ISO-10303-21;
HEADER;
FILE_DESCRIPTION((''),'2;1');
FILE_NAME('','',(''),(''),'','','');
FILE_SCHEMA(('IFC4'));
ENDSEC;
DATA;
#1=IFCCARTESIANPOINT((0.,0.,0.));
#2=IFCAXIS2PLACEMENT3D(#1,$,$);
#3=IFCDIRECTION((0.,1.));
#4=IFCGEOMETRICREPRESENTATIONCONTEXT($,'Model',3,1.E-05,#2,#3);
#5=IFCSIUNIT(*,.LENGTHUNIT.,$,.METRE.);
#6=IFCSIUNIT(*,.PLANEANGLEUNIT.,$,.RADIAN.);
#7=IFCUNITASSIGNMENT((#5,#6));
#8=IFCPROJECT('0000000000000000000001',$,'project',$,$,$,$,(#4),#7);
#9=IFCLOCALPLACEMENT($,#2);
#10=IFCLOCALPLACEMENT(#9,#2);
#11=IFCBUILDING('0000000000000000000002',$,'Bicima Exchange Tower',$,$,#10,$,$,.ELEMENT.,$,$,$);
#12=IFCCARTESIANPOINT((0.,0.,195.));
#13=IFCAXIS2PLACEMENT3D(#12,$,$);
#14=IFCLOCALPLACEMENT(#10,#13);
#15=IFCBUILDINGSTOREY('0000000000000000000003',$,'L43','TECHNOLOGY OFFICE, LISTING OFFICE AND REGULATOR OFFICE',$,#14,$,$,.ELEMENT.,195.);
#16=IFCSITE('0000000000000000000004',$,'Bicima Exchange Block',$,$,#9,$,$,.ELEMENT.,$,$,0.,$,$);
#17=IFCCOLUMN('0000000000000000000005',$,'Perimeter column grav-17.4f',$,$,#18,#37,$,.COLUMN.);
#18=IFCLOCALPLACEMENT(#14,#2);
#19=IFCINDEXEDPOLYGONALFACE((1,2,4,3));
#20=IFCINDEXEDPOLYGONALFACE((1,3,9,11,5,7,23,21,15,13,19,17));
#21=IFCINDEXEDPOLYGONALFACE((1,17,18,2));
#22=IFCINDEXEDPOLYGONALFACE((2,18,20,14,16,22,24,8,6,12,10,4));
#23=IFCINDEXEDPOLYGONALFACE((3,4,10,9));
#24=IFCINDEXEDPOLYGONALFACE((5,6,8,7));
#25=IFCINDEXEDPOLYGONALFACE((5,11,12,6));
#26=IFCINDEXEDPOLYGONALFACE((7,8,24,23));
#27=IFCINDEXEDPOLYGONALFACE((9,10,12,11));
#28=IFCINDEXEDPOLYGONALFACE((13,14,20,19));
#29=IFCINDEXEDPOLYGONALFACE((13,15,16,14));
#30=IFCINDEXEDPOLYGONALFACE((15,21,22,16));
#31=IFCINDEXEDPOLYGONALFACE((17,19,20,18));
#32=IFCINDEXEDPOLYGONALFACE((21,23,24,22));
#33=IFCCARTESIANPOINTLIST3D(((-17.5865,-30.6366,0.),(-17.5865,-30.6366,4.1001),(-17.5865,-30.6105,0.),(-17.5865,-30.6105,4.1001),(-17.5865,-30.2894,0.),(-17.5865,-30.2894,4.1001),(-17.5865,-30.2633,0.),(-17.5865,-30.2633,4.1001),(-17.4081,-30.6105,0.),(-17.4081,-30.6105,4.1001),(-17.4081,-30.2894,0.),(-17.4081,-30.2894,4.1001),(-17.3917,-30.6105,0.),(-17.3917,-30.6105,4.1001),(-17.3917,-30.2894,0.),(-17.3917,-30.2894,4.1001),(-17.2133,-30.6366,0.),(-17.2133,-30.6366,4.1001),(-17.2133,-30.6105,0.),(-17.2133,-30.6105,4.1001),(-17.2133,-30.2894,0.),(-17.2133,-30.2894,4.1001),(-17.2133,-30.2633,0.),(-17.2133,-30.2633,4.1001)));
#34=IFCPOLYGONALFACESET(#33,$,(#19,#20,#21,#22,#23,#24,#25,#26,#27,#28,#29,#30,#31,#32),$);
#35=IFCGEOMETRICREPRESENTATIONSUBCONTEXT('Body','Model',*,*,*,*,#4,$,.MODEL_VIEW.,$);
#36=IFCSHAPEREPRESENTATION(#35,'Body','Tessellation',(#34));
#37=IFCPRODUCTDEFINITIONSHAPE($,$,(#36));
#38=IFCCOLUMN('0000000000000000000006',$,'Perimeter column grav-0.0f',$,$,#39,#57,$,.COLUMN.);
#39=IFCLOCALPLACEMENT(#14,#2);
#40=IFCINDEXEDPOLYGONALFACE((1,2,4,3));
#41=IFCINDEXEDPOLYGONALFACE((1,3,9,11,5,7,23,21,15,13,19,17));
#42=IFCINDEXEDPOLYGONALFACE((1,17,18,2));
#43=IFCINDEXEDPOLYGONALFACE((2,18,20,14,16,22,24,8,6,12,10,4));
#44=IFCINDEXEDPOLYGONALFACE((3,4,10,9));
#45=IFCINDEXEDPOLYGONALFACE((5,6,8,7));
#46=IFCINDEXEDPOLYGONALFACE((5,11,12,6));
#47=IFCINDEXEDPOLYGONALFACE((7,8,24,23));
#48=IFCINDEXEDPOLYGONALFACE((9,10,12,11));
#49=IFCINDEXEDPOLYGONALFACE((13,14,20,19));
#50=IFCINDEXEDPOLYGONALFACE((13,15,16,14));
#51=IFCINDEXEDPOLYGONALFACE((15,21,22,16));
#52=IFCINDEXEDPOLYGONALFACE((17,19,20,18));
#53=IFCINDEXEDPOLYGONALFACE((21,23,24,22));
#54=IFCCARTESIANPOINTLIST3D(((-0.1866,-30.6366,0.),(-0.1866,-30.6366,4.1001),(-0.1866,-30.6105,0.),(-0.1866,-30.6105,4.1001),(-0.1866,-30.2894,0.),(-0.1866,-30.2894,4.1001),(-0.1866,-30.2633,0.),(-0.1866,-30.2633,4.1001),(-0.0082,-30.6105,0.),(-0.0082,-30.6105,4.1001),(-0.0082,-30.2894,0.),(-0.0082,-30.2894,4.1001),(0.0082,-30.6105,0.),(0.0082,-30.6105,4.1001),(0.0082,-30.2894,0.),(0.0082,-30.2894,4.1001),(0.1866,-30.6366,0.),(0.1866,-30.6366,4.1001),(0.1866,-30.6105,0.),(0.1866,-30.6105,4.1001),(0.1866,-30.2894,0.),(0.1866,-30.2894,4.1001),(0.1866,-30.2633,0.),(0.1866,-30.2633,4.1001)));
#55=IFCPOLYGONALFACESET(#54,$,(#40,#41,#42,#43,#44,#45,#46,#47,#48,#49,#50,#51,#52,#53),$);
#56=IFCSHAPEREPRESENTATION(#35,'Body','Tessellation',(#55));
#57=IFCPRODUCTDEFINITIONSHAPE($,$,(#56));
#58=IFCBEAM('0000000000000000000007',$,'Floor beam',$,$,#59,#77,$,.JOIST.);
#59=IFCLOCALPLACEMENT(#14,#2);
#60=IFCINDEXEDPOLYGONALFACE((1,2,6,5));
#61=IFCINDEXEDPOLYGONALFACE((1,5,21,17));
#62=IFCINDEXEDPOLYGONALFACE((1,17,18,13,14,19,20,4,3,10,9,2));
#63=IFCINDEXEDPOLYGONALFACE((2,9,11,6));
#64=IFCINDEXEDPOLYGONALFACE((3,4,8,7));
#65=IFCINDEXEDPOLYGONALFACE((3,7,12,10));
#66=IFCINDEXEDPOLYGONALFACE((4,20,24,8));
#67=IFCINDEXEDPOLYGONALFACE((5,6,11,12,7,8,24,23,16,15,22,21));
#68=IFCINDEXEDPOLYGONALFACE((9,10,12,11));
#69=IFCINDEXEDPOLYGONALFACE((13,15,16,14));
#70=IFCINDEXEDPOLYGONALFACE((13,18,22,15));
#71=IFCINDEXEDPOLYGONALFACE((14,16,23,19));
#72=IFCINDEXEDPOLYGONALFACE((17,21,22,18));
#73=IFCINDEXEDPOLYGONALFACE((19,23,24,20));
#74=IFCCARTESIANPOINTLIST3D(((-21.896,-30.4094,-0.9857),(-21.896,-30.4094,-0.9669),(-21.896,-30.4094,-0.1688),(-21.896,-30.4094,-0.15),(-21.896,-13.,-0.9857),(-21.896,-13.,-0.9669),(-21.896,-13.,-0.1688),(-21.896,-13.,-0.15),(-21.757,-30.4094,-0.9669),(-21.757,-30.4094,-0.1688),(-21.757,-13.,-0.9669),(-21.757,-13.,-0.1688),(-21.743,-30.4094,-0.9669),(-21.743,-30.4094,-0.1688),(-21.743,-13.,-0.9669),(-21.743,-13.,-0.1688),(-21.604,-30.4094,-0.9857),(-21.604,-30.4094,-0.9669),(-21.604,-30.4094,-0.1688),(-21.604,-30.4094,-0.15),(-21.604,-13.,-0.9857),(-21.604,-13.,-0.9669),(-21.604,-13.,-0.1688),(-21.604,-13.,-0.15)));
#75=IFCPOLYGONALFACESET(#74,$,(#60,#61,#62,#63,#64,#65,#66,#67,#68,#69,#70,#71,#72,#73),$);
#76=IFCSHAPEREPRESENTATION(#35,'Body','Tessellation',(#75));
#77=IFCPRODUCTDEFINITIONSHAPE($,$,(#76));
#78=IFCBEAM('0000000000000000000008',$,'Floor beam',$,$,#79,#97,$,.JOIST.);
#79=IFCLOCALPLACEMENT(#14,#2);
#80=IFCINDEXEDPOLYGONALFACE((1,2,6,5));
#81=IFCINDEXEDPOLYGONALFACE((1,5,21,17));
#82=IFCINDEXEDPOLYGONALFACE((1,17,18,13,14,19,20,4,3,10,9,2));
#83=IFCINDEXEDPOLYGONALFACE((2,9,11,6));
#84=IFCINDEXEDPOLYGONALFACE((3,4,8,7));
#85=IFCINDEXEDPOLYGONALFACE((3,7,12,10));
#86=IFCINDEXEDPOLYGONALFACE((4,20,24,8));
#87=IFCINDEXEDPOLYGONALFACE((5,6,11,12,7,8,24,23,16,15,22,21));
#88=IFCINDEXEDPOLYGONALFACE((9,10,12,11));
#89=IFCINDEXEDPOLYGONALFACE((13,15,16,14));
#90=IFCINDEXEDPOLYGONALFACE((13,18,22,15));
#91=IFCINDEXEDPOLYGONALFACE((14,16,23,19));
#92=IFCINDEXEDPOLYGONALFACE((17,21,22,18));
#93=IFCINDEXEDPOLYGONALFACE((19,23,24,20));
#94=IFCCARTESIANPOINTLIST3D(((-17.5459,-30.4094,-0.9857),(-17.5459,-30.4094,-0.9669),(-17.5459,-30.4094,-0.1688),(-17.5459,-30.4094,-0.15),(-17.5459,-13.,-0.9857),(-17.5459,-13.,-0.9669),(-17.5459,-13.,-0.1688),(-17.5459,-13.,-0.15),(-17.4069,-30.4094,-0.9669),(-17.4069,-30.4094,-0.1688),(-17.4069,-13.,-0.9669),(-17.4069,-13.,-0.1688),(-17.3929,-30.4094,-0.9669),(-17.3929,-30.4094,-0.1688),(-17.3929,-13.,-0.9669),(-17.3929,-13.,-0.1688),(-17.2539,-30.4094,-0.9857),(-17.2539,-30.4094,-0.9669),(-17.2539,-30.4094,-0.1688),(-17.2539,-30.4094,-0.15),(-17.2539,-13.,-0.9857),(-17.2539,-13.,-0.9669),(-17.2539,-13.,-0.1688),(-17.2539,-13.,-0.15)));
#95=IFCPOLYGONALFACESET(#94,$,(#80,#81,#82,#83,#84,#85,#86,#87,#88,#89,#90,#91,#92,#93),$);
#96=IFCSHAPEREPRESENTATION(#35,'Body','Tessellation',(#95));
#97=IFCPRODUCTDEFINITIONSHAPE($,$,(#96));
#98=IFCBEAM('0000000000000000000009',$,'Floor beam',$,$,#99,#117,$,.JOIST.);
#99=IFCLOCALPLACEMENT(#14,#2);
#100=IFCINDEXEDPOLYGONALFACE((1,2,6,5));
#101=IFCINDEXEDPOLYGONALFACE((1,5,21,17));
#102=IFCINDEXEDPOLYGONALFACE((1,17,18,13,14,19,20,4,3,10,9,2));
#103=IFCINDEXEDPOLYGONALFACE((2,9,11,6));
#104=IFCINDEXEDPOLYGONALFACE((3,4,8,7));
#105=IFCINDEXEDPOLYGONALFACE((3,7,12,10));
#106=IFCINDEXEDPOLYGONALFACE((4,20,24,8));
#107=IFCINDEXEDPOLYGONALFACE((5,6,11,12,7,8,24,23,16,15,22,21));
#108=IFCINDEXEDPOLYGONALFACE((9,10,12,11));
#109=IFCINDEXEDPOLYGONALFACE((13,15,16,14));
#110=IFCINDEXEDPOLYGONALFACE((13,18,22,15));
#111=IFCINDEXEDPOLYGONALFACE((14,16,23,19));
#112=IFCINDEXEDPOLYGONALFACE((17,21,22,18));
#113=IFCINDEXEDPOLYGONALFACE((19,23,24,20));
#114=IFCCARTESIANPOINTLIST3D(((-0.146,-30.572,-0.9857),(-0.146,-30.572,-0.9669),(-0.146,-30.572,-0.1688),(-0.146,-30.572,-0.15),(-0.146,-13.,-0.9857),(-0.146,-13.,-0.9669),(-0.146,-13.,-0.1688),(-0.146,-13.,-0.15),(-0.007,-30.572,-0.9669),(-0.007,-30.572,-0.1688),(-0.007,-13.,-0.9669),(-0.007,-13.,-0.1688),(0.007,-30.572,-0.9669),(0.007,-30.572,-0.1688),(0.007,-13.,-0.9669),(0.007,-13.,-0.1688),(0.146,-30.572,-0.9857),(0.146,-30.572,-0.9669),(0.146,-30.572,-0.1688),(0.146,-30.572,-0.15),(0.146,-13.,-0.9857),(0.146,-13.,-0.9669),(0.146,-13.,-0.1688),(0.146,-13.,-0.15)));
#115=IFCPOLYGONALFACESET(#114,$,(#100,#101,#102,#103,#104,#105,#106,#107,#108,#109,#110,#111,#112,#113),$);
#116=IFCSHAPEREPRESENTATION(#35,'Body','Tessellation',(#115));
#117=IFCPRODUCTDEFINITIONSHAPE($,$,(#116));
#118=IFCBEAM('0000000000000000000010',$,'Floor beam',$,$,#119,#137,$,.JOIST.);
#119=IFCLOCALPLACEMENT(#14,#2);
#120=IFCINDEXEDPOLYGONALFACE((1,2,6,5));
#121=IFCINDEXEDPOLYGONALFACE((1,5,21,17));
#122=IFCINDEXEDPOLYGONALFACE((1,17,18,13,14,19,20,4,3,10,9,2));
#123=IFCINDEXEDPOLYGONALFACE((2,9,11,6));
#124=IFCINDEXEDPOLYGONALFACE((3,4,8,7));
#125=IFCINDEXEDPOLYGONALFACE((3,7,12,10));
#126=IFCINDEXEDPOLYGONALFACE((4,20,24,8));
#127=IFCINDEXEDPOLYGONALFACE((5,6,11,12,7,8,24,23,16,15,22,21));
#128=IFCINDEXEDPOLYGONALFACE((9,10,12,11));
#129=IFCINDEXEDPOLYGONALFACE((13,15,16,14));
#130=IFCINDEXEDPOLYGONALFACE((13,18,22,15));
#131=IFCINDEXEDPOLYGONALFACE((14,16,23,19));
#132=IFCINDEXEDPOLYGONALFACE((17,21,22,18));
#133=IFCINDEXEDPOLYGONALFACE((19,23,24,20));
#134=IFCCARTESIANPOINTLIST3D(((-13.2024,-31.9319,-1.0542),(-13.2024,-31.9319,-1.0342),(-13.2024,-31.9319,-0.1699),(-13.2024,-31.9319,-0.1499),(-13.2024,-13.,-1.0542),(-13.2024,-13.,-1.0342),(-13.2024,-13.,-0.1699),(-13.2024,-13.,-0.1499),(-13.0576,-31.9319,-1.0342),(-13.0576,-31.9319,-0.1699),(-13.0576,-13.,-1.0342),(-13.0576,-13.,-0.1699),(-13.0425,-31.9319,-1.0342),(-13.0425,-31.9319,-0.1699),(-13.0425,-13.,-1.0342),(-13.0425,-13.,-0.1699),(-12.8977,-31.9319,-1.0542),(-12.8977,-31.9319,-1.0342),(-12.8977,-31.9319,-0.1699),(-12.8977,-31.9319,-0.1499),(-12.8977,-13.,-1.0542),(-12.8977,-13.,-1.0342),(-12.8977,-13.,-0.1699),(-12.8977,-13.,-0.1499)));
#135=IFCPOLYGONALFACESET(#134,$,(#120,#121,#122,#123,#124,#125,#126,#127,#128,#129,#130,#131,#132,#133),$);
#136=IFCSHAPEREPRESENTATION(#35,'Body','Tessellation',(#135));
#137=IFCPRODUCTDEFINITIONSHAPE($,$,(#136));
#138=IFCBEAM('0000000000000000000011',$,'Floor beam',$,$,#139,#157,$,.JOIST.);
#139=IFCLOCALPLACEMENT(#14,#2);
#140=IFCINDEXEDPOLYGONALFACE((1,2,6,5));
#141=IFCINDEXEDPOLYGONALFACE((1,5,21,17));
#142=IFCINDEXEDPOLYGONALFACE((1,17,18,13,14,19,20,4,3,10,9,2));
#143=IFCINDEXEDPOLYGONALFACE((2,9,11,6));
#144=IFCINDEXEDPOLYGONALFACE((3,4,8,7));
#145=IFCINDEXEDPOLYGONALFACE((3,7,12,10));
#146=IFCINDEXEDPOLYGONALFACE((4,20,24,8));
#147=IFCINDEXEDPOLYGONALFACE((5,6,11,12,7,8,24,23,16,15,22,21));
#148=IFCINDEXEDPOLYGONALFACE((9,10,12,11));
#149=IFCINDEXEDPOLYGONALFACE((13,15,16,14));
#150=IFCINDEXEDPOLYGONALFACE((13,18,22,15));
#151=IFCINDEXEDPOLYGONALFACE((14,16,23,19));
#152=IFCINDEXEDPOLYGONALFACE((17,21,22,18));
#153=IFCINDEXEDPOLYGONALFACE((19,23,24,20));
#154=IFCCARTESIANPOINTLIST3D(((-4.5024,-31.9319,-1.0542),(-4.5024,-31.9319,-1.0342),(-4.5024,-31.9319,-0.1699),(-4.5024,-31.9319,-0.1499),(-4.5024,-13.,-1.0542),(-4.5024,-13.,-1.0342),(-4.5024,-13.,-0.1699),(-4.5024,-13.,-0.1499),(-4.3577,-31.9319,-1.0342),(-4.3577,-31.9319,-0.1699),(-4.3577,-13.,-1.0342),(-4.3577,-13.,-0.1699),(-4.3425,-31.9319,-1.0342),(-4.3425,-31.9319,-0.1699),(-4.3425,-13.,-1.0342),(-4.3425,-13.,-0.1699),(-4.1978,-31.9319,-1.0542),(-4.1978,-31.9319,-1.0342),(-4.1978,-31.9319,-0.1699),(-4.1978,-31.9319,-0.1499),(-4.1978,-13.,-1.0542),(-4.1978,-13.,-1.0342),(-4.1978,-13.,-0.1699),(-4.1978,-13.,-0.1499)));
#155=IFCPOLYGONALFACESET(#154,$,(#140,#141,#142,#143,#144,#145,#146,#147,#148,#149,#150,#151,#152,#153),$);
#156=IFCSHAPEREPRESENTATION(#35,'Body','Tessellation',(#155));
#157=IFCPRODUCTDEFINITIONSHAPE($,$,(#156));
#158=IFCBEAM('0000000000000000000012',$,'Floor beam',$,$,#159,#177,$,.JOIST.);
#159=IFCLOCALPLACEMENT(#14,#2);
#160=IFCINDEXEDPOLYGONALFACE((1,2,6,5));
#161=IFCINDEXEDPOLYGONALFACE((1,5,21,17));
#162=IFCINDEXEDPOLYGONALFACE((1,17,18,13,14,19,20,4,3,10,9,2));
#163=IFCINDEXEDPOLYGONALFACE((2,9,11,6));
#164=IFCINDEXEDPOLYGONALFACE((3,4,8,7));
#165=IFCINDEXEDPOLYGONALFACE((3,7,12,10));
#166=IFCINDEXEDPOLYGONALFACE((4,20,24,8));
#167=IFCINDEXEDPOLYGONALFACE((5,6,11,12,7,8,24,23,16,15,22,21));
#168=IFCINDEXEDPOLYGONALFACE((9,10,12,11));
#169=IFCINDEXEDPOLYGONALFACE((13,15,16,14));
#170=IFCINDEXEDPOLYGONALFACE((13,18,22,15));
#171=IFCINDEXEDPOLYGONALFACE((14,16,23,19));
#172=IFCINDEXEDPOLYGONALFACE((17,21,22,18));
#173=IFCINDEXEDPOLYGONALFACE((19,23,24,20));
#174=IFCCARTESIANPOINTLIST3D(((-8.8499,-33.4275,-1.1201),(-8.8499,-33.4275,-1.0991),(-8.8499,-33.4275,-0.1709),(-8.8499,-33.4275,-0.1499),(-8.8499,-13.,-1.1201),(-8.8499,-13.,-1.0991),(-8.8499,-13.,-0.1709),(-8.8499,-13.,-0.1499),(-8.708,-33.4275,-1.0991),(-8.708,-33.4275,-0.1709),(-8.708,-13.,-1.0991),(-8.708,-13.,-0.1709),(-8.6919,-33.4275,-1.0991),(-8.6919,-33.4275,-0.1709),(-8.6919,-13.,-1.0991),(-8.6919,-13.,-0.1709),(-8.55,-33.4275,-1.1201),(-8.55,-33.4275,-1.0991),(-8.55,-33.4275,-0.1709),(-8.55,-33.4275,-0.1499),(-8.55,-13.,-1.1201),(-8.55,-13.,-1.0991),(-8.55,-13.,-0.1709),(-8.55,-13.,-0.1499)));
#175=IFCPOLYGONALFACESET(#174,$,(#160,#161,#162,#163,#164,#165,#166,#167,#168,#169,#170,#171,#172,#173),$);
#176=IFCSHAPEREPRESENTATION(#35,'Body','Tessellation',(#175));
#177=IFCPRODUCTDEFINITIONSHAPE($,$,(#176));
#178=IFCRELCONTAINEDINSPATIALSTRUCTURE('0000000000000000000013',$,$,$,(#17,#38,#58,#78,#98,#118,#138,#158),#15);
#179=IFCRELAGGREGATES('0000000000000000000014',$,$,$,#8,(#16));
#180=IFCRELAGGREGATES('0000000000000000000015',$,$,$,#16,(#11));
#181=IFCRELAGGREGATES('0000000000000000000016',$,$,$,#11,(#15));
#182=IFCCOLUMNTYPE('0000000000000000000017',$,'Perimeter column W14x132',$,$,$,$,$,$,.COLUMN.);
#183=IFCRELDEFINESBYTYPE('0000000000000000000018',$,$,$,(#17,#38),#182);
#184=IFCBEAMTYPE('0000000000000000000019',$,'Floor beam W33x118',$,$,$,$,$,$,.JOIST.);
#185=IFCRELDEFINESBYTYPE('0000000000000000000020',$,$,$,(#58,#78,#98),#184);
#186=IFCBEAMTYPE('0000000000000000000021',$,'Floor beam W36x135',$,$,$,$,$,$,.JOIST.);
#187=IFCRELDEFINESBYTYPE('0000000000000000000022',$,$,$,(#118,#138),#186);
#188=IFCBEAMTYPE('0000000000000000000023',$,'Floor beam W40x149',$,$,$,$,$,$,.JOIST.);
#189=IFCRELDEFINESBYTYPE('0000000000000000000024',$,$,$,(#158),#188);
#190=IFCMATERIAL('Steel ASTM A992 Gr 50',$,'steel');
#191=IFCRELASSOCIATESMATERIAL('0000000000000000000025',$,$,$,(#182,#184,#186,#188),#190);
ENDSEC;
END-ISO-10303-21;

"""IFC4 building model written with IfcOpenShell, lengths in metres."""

from ifc_helpers import new_model, si_unit, direction, frame, origin, origin_2d, place, context, subcontext, project, spatial, i_section, extrude, material, material_profile, profile_set, type_object, element, save


model = new_model("IFC4")

# Units and contexts
model_context = context("Model", 3, precision=1e-05, world=origin(), true_north=direction((0.0, 1.0)))
body_context = subcontext(model_context, "Body", "Model", "MODEL_VIEW")
ifc_project = project(units=[si_unit("LENGTHUNIT", "METRE"), si_unit("PLANEANGLEUNIT", "RADIAN")], contexts=[model_context])

# Site, building, storey
site_placement = place(None, origin())
site = spatial("IfcSite", under=ifc_project, at=site_placement, Name="Bicima Exchange Block", CompositionType="ELEMENT", RefElevation=0.0)
building_placement = place(site_placement, origin())
building = spatial("IfcBuilding", under=site, at=building_placement, Name="Bicima Exchange Tower", CompositionType="ELEMENT")
storey_placement = place(building_placement, frame((0.0, 0.0, 195.0)))
storey = spatial("IfcBuildingStorey", under=building, at=storey_placement, Name="L43", Description="TECHNOLOGY OFFICE, LISTING OFFICE AND REGULATOR OFFICE", CompositionType="ELEMENT", Elevation=195.0)

# Columns
ifc_material_1 = material(Name="Steel ASTM A992 Gr 50", Category="steel")
ifc_material_profile_1 = material_profile(ifc_material_1, i_section(OverallWidth=0.3733, OverallDepth=0.3733, WebThickness=0.0164, FlangeThickness=0.0261, at=origin_2d()))
ifc_profile_set_1 = profile_set([ifc_material_profile_1], Name="Steel ASTM A992 Gr 50")
column_type = type_object("IfcColumnType", Name="Perimeter column W14x132", PredefinedType="COLUMN", material=ifc_profile_set_1)
for number, where, z_axis, x_axis, name in (
    (1, (-17.3999, -30.45, 0.0), (0.0, 0.0, 1.0), (1.0, 0.0, 0.0), "Perimeter column grav-17.4f"),
    (2, (0.0, -30.45, 0.0), (0.0, 0.0, 1.0), (1.0, 0.0, 0.0), "Perimeter column grav-0.0f"),
):
    element("IfcColumn", number, at=place(storey_placement, frame(where, z_axis=z_axis, x_axis=x_axis)), inside=storey, type_object=column_type, Name=name, PredefinedType="COLUMN", context=body_context, shape_type="SweptSolid", body=[
        extrude(i_section(OverallWidth=0.3733, OverallDepth=0.3733, WebThickness=0.0164, FlangeThickness=0.0261, at=origin_2d()), origin(), (0.0, 0.0, 1.0), 4.1001),
    ])

# Beams
ifc_material_profile_2 = material_profile(ifc_material_1, i_section(OverallWidth=0.292, OverallDepth=0.8357, WebThickness=0.0139, FlangeThickness=0.0188, at=origin_2d()))
ifc_profile_set_2 = profile_set([ifc_material_profile_2], Name="Steel ASTM A992 Gr 50")
beam_type_1 = type_object("IfcBeamType", Name="Floor beam W33x118", PredefinedType="JOIST", material=ifc_profile_set_2)
for number, where, z_axis, x_axis, name in (
    (3, (-21.75, -13.0, -0.5679), (0.0, -1.0, 0.0), (1.0, 0.0, 0.0), "Floor beam"),
    (4, (-17.3999, -13.0, -0.5679), (0.0, -1.0, 0.0), (1.0, 0.0, 0.0), "Floor beam"),
):
    element("IfcBeam", number, at=place(storey_placement, frame(where, z_axis=z_axis, x_axis=x_axis)), inside=storey, type_object=beam_type_1, Name=name, PredefinedType="JOIST", context=body_context, shape_type="SweptSolid", body=[
        extrude(i_section(OverallWidth=0.292, OverallDepth=0.8357, WebThickness=0.0139, FlangeThickness=0.0188, at=origin_2d()), origin(), (0.0, 0.0, 1.0), 17.4094),
    ])
beam_1_placement = place(storey_placement, frame((0.0, -13.0, -0.5679), z_axis=(0.0, -1.0, 0.0), x_axis=(1.0, 0.0, 0.0)))
element("IfcBeam", 5, at=beam_1_placement, inside=storey, type_object=beam_type_1, Name="Floor beam", PredefinedType="JOIST", context=body_context, shape_type="SweptSolid", body=[
    extrude(i_section(OverallWidth=0.292, OverallDepth=0.8357, WebThickness=0.0139, FlangeThickness=0.0188, at=origin_2d()), origin(), (0.0, 0.0, 1.0), 17.572),
])
ifc_material_profile_3 = material_profile(ifc_material_1, i_section(OverallWidth=0.3047, OverallDepth=0.9043, WebThickness=0.0151, FlangeThickness=0.02, at=origin_2d()))
ifc_profile_set_3 = profile_set([ifc_material_profile_3], Name="Steel ASTM A992 Gr 50")
beam_type_2 = type_object("IfcBeamType", Name="Floor beam W36x135", PredefinedType="JOIST", material=ifc_profile_set_3)
for number, where, z_axis, x_axis, name in (
    (6, (-13.05, -13.0, -0.6021), (0.0, -1.0, 0.0), (1.0, 0.0, 0.0), "Floor beam"),
    (7, (-4.3501, -13.0, -0.6021), (0.0, -1.0, 0.0), (1.0, 0.0, 0.0), "Floor beam"),
):
    element("IfcBeam", number, at=place(storey_placement, frame(where, z_axis=z_axis, x_axis=x_axis)), inside=storey, type_object=beam_type_2, Name=name, PredefinedType="JOIST", context=body_context, shape_type="SweptSolid", body=[
        extrude(i_section(OverallWidth=0.3047, OverallDepth=0.9043, WebThickness=0.0151, FlangeThickness=0.02, at=origin_2d()), origin(), (0.0, 0.0, 1.0), 18.9319),
    ])
ifc_material_profile_4 = material_profile(ifc_material_1, i_section(OverallWidth=0.2998, OverallDepth=0.9702, WebThickness=0.0161, FlangeThickness=0.021, at=origin_2d()))
ifc_profile_set_4 = profile_set([ifc_material_profile_4], Name="Steel ASTM A992 Gr 50")
beam_type_3 = type_object("IfcBeamType", Name="Floor beam W40x149", PredefinedType="JOIST", material=ifc_profile_set_4)
beam_2_placement = place(storey_placement, frame((-8.7, -13.0, -0.635), z_axis=(0.0, -1.0, 0.0), x_axis=(1.0, 0.0, 0.0)))
element("IfcBeam", 8, at=beam_2_placement, inside=storey, type_object=beam_type_3, Name="Floor beam", PredefinedType="JOIST", context=body_context, shape_type="SweptSolid", body=[
    extrude(i_section(OverallWidth=0.2998, OverallDepth=0.9702, WebThickness=0.0161, FlangeThickness=0.021, at=origin_2d()), origin(), (0.0, 0.0, 1.0), 20.4275),
])

save(model, "model.ifc")
